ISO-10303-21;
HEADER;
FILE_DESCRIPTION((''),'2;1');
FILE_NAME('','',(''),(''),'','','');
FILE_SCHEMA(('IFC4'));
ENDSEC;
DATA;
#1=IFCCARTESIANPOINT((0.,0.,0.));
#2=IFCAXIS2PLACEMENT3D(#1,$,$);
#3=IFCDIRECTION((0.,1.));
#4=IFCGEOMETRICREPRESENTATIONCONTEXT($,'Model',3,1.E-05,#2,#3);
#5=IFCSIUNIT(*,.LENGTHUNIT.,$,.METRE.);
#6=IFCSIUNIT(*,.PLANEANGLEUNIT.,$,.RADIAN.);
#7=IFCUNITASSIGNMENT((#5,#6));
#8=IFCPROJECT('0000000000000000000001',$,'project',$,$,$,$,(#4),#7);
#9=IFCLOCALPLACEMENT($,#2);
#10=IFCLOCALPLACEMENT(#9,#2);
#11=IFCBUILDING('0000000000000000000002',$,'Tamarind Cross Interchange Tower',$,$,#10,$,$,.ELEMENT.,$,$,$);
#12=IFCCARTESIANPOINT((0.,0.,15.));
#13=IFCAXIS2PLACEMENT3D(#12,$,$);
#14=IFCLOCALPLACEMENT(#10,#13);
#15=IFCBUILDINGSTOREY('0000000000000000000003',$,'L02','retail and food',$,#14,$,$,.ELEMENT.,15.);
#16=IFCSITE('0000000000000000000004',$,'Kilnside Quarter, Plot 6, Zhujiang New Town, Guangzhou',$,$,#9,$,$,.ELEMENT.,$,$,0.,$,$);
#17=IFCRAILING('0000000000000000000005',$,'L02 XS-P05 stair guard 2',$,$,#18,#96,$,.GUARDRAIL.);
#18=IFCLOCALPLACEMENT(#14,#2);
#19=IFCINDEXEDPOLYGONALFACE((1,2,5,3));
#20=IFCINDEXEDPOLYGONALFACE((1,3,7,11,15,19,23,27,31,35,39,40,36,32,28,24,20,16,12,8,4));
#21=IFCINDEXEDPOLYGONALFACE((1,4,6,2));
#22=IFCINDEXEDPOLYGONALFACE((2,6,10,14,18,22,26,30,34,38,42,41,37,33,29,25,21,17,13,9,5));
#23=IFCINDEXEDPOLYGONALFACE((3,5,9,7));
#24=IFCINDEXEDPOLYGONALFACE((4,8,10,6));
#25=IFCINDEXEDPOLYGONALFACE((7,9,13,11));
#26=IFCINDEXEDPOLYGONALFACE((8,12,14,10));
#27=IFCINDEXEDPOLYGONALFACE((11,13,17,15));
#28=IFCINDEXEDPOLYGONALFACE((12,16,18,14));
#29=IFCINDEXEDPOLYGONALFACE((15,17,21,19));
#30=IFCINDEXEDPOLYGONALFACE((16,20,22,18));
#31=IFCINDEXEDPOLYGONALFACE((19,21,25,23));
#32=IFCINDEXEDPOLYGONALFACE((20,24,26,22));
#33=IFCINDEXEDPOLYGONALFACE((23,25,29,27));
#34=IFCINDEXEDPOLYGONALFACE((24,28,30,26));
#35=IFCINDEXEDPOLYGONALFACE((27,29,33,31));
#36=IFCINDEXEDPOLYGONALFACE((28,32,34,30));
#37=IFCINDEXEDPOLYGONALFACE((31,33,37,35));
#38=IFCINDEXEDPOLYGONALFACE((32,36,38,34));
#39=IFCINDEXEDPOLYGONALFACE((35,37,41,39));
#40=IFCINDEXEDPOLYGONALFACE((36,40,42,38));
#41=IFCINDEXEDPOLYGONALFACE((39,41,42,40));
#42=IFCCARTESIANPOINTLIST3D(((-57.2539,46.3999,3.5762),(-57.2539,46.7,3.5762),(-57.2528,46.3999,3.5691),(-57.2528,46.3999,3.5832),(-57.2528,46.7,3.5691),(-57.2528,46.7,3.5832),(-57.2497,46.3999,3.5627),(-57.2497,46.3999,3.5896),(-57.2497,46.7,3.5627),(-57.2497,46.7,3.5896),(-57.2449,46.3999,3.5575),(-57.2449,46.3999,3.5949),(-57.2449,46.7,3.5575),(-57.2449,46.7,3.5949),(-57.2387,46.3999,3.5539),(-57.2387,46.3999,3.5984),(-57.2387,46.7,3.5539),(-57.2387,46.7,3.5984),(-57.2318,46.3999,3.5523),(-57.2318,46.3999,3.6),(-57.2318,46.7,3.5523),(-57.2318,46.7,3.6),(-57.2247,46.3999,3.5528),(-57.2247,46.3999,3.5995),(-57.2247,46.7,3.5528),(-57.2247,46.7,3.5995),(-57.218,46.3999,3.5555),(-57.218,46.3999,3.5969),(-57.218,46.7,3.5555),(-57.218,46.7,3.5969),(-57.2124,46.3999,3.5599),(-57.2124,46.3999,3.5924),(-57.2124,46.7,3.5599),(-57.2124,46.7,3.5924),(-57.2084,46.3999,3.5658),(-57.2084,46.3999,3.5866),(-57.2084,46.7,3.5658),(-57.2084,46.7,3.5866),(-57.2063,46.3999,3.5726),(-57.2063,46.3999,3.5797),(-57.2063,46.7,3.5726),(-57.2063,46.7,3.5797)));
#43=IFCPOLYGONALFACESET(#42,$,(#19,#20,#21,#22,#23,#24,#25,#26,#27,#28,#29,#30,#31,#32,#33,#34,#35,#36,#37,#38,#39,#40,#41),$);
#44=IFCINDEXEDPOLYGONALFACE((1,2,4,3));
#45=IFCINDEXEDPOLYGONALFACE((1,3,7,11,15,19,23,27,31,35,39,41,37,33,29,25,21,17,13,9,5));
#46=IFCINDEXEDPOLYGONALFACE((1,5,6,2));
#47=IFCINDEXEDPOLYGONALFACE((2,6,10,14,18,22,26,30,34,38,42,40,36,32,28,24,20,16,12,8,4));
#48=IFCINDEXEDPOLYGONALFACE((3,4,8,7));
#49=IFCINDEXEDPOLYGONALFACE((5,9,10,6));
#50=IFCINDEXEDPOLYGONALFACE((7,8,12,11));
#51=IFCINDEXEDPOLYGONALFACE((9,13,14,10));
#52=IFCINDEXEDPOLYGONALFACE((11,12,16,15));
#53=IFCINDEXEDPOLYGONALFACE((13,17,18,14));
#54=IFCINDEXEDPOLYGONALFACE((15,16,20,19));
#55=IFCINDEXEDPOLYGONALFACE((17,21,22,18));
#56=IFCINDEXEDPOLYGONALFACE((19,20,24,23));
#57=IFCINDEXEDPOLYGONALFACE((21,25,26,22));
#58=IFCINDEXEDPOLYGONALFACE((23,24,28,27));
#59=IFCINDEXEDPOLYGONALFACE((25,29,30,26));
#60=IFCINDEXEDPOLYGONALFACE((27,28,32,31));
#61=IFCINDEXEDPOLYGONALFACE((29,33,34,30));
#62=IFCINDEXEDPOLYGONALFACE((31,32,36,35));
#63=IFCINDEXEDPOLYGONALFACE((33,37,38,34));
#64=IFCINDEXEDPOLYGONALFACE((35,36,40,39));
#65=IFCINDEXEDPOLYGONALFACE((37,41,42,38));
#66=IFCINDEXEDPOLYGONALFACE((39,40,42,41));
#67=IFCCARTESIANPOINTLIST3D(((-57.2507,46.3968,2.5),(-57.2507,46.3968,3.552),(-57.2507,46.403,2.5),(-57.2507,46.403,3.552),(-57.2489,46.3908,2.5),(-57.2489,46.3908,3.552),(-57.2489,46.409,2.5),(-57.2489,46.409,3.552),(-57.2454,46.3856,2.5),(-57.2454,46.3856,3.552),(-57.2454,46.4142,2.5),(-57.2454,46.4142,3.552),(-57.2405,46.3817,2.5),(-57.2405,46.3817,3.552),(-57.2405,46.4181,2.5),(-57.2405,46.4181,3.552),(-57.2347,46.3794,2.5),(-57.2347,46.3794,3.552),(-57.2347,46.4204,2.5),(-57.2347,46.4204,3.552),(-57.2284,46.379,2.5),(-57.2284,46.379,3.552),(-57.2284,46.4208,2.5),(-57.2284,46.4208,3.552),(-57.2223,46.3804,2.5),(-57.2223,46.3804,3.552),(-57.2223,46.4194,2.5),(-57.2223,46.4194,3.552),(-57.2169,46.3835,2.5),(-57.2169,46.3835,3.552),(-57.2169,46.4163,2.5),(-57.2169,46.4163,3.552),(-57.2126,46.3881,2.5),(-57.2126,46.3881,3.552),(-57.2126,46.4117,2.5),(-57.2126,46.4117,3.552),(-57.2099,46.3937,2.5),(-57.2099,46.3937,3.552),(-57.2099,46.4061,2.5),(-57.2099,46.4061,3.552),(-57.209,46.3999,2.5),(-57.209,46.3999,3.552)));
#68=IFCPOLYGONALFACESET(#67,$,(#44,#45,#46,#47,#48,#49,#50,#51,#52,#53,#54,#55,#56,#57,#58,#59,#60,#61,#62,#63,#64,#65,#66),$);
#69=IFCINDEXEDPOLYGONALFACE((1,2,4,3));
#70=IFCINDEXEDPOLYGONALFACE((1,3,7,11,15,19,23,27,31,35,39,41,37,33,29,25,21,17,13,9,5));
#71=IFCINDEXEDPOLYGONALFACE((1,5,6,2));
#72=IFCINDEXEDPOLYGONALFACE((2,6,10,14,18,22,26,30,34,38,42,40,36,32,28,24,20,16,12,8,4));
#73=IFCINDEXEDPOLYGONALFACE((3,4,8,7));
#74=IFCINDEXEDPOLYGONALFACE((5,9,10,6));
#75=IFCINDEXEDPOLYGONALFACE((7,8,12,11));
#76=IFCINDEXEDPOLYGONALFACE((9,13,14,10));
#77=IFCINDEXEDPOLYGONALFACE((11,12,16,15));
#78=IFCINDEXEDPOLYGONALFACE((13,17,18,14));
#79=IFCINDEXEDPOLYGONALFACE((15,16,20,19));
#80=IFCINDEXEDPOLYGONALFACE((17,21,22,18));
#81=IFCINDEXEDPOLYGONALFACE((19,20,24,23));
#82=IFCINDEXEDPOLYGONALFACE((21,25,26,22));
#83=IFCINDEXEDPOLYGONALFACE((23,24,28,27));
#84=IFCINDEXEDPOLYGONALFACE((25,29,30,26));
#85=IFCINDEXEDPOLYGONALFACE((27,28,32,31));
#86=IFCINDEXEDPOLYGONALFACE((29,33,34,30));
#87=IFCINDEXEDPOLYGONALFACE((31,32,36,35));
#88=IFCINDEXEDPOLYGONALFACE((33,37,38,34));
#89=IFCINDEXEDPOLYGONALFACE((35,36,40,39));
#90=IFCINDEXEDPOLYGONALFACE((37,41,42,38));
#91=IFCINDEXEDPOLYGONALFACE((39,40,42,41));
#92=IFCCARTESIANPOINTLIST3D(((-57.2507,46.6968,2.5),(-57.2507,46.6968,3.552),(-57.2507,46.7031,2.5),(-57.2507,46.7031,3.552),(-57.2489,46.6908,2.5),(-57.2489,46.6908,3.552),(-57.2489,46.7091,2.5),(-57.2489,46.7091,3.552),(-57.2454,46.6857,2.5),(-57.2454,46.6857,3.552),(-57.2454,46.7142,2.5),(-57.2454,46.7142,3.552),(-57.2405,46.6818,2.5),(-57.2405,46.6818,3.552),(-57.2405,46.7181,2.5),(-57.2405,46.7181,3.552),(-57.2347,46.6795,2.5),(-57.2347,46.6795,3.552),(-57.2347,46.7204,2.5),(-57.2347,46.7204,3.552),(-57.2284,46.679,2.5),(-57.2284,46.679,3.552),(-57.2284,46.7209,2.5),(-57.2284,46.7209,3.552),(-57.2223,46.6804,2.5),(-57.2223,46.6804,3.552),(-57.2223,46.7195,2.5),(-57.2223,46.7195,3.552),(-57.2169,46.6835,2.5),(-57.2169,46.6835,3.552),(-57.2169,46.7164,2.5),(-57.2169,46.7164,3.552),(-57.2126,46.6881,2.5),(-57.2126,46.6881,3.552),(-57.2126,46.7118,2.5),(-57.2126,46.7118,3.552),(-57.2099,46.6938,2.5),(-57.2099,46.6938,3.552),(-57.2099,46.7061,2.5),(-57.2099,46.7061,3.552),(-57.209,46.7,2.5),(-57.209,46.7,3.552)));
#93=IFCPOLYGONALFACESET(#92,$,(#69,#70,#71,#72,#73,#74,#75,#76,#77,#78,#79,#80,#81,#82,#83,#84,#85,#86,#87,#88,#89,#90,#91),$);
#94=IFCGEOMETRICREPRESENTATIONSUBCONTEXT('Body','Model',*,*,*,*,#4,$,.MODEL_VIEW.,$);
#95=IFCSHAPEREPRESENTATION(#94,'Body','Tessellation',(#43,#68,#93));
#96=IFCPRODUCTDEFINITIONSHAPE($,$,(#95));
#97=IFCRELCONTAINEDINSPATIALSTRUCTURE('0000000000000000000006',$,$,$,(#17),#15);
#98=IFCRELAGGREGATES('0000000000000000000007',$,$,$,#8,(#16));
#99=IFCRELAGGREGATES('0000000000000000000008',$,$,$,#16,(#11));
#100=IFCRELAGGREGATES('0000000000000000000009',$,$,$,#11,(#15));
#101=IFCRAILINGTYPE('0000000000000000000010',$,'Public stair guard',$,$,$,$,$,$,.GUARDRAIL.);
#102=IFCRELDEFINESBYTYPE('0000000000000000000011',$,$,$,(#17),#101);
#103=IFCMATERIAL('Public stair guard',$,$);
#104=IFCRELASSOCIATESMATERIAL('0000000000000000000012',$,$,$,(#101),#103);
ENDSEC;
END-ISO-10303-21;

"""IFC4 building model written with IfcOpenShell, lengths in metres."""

from ifc_helpers import new_model, si_unit, direction, frame, origin, origin_2d, place, context, subcontext, project, spatial, circle, extrude, material, type_object, element, save


model = new_model("IFC4")

# Units and contexts
model_context = context("Model", 3, precision=1e-05, world=origin(), true_north=direction((0.0, 1.0)))
body_context = subcontext(model_context, "Body", "Model", "MODEL_VIEW")
ifc_project = project(units=[si_unit("LENGTHUNIT", "METRE"), si_unit("PLANEANGLEUNIT", "RADIAN")], contexts=[model_context])

# Site, building, storey
site_placement = place(None, origin())
site = spatial("IfcSite", under=ifc_project, at=site_placement, Name="Kilnside Quarter, Plot 6, Zhujiang New Town, Guangzhou", CompositionType="ELEMENT", RefElevation=0.0)
building_placement = place(site_placement, origin())
building = spatial("IfcBuilding", under=site, at=building_placement, Name="Tamarind Cross Interchange Tower", CompositionType="ELEMENT")
storey_placement = place(building_placement, frame((0.0, 0.0, 15.0)))
storey = spatial("IfcBuildingStorey", under=building, at=storey_placement, Name="L02", Description="retail and food", CompositionType="ELEMENT", Elevation=15.0)

# Railing
ifc_material_1 = material(Name="Public stair guard")
railing_type_1 = type_object("IfcRailingType", Name="Public stair guard", PredefinedType="GUARDRAIL", material=ifc_material_1)
railing_1_placement = place(storey_placement, frame((-57.23, 46.3999, 2.5)))
element("IfcRailing", 1, at=railing_1_placement, inside=storey, type_object=railing_type_1, Name="L02 XS-P05 stair guard 2", PredefinedType="GUARDRAIL", context=body_context, shape_type="SweptSolid", body=[
    extrude(circle(Radius=0.0239, at=origin_2d()), frame((0.0, 0.0, 1.0762), z_axis=(0.0, 1.0, 0.0), x_axis=(-1.0, 0.0, 0.0)), (0.0, 0.0, 1.0), 0.3),
    extrude(circle(Radius=0.021, at=origin_2d()), origin(), (0.0, 0.0, 1.0), 1.052),
    extrude(circle(Radius=0.021, at=origin_2d()), frame((0.0, 0.3, 0.0)), (0.0, 0.0, 1.0), 1.052),
])

save(model, "model.ifc")
